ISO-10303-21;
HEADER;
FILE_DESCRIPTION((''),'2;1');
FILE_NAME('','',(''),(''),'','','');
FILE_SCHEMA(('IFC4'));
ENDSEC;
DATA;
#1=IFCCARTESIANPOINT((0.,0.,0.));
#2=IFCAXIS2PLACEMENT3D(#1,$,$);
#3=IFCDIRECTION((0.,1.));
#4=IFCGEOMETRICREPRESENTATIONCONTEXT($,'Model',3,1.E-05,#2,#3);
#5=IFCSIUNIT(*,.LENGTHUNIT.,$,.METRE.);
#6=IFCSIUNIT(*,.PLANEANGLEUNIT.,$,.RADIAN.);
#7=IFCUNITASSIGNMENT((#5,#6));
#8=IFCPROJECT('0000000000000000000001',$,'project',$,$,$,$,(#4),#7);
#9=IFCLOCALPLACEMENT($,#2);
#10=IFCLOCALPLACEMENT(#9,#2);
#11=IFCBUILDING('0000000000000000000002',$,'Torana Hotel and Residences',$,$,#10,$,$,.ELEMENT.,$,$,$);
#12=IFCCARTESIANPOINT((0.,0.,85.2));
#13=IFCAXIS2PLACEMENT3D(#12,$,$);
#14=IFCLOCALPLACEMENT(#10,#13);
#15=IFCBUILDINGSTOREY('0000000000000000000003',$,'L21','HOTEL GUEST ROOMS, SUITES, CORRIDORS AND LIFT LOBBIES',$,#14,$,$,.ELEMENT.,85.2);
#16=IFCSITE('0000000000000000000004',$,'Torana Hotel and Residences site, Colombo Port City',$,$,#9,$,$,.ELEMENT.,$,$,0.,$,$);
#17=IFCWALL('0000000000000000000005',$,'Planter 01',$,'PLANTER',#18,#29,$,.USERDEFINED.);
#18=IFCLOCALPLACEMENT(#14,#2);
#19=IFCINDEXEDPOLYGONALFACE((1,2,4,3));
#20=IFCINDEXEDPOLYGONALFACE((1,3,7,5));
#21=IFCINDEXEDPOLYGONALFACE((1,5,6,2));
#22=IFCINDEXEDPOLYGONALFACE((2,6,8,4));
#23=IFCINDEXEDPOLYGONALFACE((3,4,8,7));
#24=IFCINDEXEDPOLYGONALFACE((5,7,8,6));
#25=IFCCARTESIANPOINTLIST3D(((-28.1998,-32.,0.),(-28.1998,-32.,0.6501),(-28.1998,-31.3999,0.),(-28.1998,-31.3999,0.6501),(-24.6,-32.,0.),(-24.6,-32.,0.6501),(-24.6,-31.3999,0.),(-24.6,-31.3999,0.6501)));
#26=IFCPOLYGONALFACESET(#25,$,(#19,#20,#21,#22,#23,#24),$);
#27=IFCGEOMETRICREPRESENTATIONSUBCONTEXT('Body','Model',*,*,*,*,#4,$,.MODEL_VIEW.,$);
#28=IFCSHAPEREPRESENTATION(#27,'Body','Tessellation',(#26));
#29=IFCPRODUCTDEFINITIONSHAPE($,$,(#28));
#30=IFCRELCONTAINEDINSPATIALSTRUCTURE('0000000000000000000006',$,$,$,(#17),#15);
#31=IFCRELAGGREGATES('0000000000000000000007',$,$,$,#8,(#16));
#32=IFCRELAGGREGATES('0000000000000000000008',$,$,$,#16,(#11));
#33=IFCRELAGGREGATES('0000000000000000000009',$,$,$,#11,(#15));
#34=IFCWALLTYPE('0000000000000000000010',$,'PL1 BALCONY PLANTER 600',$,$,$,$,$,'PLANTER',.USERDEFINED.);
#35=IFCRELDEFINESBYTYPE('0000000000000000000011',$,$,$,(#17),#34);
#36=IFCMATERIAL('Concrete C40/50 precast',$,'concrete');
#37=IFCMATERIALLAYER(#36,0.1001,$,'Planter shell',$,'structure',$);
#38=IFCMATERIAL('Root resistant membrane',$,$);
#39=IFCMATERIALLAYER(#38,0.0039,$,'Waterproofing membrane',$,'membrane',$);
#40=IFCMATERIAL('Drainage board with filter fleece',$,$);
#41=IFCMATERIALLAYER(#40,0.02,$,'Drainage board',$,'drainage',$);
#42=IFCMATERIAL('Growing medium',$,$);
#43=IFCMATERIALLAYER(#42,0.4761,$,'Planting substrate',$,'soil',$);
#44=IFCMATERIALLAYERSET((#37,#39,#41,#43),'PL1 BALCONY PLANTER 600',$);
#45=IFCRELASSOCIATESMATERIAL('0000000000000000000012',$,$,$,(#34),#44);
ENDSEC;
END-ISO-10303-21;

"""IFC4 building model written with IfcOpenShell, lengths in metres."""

from ifc_helpers import new_model, si_unit, direction, frame, frame_2d, origin, place, context, subcontext, project, spatial, rectangle, extrude, material, layer, layer_set, type_object, element, save


model = new_model("IFC4")

# Units and contexts
model_context = context("Model", 3, precision=1e-05, world=origin(), true_north=direction((0.0, 1.0)))
body_context = subcontext(model_context, "Body", "Model", "MODEL_VIEW")
ifc_project = project(units=[si_unit("LENGTHUNIT", "METRE"), si_unit("PLANEANGLEUNIT", "RADIAN")], contexts=[model_context])

# Site, building, storey
site_placement = place(None, origin())
site = spatial("IfcSite", under=ifc_project, at=site_placement, Name="Torana Hotel and Residences site, Colombo Port City", CompositionType="ELEMENT", RefElevation=0.0)
building_placement = place(site_placement, origin())
building = spatial("IfcBuilding", under=site, at=building_placement, Name="Torana Hotel and Residences", CompositionType="ELEMENT")
storey_placement = place(building_placement, frame((0.0, 0.0, 85.2)))
storey = spatial("IfcBuildingStorey", under=building, at=storey_placement, Name="L21", Description="HOTEL GUEST ROOMS, SUITES, CORRIDORS AND LIFT LOBBIES", CompositionType="ELEMENT", Elevation=85.2)

# Wall
ifc_material_1 = material(Name="Concrete C40/50 precast", Category="concrete")
ifc_layer_1 = layer(ifc_material_1, 0.1001, Name="Planter shell", Category="structure")
ifc_material_2 = material(Name="Root resistant membrane")
ifc_layer_2 = layer(ifc_material_2, 0.0039, Name="Waterproofing membrane", Category="membrane")
ifc_material_3 = material(Name="Drainage board with filter fleece")
ifc_layer_3 = layer(ifc_material_3, 0.02, Name="Drainage board", Category="drainage")
ifc_material_4 = material(Name="Growing medium")
ifc_layer_4 = layer(ifc_material_4, 0.4761, Name="Planting substrate", Category="soil")
ifc_layer_set_1 = layer_set([ifc_layer_1, ifc_layer_2, ifc_layer_3, ifc_layer_4], Name="PL1 BALCONY PLANTER 600")
wall_type_1 = type_object("IfcWallType", Name="PL1 BALCONY PLANTER 600", ElementType="PLANTER", PredefinedType="USERDEFINED", material=ifc_layer_set_1)
wall_1_placement = place(storey_placement, frame((-24.6001, -31.7, 0.0), z_axis=(0.0, 0.0, 1.0), x_axis=(-1.0, 0.0, 0.0)))
element("IfcWall", 1, at=wall_1_placement, inside=storey, type_object=wall_type_1, Name="Planter 01", ObjectType="PLANTER", PredefinedType="USERDEFINED", context=body_context, shape_type="SweptSolid", body=[
    extrude(rectangle(XDim=3.5999, YDim=0.6001, at=frame_2d((1.7998, 0.0))), origin(), (0.0, 0.0, 1.0), 0.6501),
])

save(model, "model.ifc")
